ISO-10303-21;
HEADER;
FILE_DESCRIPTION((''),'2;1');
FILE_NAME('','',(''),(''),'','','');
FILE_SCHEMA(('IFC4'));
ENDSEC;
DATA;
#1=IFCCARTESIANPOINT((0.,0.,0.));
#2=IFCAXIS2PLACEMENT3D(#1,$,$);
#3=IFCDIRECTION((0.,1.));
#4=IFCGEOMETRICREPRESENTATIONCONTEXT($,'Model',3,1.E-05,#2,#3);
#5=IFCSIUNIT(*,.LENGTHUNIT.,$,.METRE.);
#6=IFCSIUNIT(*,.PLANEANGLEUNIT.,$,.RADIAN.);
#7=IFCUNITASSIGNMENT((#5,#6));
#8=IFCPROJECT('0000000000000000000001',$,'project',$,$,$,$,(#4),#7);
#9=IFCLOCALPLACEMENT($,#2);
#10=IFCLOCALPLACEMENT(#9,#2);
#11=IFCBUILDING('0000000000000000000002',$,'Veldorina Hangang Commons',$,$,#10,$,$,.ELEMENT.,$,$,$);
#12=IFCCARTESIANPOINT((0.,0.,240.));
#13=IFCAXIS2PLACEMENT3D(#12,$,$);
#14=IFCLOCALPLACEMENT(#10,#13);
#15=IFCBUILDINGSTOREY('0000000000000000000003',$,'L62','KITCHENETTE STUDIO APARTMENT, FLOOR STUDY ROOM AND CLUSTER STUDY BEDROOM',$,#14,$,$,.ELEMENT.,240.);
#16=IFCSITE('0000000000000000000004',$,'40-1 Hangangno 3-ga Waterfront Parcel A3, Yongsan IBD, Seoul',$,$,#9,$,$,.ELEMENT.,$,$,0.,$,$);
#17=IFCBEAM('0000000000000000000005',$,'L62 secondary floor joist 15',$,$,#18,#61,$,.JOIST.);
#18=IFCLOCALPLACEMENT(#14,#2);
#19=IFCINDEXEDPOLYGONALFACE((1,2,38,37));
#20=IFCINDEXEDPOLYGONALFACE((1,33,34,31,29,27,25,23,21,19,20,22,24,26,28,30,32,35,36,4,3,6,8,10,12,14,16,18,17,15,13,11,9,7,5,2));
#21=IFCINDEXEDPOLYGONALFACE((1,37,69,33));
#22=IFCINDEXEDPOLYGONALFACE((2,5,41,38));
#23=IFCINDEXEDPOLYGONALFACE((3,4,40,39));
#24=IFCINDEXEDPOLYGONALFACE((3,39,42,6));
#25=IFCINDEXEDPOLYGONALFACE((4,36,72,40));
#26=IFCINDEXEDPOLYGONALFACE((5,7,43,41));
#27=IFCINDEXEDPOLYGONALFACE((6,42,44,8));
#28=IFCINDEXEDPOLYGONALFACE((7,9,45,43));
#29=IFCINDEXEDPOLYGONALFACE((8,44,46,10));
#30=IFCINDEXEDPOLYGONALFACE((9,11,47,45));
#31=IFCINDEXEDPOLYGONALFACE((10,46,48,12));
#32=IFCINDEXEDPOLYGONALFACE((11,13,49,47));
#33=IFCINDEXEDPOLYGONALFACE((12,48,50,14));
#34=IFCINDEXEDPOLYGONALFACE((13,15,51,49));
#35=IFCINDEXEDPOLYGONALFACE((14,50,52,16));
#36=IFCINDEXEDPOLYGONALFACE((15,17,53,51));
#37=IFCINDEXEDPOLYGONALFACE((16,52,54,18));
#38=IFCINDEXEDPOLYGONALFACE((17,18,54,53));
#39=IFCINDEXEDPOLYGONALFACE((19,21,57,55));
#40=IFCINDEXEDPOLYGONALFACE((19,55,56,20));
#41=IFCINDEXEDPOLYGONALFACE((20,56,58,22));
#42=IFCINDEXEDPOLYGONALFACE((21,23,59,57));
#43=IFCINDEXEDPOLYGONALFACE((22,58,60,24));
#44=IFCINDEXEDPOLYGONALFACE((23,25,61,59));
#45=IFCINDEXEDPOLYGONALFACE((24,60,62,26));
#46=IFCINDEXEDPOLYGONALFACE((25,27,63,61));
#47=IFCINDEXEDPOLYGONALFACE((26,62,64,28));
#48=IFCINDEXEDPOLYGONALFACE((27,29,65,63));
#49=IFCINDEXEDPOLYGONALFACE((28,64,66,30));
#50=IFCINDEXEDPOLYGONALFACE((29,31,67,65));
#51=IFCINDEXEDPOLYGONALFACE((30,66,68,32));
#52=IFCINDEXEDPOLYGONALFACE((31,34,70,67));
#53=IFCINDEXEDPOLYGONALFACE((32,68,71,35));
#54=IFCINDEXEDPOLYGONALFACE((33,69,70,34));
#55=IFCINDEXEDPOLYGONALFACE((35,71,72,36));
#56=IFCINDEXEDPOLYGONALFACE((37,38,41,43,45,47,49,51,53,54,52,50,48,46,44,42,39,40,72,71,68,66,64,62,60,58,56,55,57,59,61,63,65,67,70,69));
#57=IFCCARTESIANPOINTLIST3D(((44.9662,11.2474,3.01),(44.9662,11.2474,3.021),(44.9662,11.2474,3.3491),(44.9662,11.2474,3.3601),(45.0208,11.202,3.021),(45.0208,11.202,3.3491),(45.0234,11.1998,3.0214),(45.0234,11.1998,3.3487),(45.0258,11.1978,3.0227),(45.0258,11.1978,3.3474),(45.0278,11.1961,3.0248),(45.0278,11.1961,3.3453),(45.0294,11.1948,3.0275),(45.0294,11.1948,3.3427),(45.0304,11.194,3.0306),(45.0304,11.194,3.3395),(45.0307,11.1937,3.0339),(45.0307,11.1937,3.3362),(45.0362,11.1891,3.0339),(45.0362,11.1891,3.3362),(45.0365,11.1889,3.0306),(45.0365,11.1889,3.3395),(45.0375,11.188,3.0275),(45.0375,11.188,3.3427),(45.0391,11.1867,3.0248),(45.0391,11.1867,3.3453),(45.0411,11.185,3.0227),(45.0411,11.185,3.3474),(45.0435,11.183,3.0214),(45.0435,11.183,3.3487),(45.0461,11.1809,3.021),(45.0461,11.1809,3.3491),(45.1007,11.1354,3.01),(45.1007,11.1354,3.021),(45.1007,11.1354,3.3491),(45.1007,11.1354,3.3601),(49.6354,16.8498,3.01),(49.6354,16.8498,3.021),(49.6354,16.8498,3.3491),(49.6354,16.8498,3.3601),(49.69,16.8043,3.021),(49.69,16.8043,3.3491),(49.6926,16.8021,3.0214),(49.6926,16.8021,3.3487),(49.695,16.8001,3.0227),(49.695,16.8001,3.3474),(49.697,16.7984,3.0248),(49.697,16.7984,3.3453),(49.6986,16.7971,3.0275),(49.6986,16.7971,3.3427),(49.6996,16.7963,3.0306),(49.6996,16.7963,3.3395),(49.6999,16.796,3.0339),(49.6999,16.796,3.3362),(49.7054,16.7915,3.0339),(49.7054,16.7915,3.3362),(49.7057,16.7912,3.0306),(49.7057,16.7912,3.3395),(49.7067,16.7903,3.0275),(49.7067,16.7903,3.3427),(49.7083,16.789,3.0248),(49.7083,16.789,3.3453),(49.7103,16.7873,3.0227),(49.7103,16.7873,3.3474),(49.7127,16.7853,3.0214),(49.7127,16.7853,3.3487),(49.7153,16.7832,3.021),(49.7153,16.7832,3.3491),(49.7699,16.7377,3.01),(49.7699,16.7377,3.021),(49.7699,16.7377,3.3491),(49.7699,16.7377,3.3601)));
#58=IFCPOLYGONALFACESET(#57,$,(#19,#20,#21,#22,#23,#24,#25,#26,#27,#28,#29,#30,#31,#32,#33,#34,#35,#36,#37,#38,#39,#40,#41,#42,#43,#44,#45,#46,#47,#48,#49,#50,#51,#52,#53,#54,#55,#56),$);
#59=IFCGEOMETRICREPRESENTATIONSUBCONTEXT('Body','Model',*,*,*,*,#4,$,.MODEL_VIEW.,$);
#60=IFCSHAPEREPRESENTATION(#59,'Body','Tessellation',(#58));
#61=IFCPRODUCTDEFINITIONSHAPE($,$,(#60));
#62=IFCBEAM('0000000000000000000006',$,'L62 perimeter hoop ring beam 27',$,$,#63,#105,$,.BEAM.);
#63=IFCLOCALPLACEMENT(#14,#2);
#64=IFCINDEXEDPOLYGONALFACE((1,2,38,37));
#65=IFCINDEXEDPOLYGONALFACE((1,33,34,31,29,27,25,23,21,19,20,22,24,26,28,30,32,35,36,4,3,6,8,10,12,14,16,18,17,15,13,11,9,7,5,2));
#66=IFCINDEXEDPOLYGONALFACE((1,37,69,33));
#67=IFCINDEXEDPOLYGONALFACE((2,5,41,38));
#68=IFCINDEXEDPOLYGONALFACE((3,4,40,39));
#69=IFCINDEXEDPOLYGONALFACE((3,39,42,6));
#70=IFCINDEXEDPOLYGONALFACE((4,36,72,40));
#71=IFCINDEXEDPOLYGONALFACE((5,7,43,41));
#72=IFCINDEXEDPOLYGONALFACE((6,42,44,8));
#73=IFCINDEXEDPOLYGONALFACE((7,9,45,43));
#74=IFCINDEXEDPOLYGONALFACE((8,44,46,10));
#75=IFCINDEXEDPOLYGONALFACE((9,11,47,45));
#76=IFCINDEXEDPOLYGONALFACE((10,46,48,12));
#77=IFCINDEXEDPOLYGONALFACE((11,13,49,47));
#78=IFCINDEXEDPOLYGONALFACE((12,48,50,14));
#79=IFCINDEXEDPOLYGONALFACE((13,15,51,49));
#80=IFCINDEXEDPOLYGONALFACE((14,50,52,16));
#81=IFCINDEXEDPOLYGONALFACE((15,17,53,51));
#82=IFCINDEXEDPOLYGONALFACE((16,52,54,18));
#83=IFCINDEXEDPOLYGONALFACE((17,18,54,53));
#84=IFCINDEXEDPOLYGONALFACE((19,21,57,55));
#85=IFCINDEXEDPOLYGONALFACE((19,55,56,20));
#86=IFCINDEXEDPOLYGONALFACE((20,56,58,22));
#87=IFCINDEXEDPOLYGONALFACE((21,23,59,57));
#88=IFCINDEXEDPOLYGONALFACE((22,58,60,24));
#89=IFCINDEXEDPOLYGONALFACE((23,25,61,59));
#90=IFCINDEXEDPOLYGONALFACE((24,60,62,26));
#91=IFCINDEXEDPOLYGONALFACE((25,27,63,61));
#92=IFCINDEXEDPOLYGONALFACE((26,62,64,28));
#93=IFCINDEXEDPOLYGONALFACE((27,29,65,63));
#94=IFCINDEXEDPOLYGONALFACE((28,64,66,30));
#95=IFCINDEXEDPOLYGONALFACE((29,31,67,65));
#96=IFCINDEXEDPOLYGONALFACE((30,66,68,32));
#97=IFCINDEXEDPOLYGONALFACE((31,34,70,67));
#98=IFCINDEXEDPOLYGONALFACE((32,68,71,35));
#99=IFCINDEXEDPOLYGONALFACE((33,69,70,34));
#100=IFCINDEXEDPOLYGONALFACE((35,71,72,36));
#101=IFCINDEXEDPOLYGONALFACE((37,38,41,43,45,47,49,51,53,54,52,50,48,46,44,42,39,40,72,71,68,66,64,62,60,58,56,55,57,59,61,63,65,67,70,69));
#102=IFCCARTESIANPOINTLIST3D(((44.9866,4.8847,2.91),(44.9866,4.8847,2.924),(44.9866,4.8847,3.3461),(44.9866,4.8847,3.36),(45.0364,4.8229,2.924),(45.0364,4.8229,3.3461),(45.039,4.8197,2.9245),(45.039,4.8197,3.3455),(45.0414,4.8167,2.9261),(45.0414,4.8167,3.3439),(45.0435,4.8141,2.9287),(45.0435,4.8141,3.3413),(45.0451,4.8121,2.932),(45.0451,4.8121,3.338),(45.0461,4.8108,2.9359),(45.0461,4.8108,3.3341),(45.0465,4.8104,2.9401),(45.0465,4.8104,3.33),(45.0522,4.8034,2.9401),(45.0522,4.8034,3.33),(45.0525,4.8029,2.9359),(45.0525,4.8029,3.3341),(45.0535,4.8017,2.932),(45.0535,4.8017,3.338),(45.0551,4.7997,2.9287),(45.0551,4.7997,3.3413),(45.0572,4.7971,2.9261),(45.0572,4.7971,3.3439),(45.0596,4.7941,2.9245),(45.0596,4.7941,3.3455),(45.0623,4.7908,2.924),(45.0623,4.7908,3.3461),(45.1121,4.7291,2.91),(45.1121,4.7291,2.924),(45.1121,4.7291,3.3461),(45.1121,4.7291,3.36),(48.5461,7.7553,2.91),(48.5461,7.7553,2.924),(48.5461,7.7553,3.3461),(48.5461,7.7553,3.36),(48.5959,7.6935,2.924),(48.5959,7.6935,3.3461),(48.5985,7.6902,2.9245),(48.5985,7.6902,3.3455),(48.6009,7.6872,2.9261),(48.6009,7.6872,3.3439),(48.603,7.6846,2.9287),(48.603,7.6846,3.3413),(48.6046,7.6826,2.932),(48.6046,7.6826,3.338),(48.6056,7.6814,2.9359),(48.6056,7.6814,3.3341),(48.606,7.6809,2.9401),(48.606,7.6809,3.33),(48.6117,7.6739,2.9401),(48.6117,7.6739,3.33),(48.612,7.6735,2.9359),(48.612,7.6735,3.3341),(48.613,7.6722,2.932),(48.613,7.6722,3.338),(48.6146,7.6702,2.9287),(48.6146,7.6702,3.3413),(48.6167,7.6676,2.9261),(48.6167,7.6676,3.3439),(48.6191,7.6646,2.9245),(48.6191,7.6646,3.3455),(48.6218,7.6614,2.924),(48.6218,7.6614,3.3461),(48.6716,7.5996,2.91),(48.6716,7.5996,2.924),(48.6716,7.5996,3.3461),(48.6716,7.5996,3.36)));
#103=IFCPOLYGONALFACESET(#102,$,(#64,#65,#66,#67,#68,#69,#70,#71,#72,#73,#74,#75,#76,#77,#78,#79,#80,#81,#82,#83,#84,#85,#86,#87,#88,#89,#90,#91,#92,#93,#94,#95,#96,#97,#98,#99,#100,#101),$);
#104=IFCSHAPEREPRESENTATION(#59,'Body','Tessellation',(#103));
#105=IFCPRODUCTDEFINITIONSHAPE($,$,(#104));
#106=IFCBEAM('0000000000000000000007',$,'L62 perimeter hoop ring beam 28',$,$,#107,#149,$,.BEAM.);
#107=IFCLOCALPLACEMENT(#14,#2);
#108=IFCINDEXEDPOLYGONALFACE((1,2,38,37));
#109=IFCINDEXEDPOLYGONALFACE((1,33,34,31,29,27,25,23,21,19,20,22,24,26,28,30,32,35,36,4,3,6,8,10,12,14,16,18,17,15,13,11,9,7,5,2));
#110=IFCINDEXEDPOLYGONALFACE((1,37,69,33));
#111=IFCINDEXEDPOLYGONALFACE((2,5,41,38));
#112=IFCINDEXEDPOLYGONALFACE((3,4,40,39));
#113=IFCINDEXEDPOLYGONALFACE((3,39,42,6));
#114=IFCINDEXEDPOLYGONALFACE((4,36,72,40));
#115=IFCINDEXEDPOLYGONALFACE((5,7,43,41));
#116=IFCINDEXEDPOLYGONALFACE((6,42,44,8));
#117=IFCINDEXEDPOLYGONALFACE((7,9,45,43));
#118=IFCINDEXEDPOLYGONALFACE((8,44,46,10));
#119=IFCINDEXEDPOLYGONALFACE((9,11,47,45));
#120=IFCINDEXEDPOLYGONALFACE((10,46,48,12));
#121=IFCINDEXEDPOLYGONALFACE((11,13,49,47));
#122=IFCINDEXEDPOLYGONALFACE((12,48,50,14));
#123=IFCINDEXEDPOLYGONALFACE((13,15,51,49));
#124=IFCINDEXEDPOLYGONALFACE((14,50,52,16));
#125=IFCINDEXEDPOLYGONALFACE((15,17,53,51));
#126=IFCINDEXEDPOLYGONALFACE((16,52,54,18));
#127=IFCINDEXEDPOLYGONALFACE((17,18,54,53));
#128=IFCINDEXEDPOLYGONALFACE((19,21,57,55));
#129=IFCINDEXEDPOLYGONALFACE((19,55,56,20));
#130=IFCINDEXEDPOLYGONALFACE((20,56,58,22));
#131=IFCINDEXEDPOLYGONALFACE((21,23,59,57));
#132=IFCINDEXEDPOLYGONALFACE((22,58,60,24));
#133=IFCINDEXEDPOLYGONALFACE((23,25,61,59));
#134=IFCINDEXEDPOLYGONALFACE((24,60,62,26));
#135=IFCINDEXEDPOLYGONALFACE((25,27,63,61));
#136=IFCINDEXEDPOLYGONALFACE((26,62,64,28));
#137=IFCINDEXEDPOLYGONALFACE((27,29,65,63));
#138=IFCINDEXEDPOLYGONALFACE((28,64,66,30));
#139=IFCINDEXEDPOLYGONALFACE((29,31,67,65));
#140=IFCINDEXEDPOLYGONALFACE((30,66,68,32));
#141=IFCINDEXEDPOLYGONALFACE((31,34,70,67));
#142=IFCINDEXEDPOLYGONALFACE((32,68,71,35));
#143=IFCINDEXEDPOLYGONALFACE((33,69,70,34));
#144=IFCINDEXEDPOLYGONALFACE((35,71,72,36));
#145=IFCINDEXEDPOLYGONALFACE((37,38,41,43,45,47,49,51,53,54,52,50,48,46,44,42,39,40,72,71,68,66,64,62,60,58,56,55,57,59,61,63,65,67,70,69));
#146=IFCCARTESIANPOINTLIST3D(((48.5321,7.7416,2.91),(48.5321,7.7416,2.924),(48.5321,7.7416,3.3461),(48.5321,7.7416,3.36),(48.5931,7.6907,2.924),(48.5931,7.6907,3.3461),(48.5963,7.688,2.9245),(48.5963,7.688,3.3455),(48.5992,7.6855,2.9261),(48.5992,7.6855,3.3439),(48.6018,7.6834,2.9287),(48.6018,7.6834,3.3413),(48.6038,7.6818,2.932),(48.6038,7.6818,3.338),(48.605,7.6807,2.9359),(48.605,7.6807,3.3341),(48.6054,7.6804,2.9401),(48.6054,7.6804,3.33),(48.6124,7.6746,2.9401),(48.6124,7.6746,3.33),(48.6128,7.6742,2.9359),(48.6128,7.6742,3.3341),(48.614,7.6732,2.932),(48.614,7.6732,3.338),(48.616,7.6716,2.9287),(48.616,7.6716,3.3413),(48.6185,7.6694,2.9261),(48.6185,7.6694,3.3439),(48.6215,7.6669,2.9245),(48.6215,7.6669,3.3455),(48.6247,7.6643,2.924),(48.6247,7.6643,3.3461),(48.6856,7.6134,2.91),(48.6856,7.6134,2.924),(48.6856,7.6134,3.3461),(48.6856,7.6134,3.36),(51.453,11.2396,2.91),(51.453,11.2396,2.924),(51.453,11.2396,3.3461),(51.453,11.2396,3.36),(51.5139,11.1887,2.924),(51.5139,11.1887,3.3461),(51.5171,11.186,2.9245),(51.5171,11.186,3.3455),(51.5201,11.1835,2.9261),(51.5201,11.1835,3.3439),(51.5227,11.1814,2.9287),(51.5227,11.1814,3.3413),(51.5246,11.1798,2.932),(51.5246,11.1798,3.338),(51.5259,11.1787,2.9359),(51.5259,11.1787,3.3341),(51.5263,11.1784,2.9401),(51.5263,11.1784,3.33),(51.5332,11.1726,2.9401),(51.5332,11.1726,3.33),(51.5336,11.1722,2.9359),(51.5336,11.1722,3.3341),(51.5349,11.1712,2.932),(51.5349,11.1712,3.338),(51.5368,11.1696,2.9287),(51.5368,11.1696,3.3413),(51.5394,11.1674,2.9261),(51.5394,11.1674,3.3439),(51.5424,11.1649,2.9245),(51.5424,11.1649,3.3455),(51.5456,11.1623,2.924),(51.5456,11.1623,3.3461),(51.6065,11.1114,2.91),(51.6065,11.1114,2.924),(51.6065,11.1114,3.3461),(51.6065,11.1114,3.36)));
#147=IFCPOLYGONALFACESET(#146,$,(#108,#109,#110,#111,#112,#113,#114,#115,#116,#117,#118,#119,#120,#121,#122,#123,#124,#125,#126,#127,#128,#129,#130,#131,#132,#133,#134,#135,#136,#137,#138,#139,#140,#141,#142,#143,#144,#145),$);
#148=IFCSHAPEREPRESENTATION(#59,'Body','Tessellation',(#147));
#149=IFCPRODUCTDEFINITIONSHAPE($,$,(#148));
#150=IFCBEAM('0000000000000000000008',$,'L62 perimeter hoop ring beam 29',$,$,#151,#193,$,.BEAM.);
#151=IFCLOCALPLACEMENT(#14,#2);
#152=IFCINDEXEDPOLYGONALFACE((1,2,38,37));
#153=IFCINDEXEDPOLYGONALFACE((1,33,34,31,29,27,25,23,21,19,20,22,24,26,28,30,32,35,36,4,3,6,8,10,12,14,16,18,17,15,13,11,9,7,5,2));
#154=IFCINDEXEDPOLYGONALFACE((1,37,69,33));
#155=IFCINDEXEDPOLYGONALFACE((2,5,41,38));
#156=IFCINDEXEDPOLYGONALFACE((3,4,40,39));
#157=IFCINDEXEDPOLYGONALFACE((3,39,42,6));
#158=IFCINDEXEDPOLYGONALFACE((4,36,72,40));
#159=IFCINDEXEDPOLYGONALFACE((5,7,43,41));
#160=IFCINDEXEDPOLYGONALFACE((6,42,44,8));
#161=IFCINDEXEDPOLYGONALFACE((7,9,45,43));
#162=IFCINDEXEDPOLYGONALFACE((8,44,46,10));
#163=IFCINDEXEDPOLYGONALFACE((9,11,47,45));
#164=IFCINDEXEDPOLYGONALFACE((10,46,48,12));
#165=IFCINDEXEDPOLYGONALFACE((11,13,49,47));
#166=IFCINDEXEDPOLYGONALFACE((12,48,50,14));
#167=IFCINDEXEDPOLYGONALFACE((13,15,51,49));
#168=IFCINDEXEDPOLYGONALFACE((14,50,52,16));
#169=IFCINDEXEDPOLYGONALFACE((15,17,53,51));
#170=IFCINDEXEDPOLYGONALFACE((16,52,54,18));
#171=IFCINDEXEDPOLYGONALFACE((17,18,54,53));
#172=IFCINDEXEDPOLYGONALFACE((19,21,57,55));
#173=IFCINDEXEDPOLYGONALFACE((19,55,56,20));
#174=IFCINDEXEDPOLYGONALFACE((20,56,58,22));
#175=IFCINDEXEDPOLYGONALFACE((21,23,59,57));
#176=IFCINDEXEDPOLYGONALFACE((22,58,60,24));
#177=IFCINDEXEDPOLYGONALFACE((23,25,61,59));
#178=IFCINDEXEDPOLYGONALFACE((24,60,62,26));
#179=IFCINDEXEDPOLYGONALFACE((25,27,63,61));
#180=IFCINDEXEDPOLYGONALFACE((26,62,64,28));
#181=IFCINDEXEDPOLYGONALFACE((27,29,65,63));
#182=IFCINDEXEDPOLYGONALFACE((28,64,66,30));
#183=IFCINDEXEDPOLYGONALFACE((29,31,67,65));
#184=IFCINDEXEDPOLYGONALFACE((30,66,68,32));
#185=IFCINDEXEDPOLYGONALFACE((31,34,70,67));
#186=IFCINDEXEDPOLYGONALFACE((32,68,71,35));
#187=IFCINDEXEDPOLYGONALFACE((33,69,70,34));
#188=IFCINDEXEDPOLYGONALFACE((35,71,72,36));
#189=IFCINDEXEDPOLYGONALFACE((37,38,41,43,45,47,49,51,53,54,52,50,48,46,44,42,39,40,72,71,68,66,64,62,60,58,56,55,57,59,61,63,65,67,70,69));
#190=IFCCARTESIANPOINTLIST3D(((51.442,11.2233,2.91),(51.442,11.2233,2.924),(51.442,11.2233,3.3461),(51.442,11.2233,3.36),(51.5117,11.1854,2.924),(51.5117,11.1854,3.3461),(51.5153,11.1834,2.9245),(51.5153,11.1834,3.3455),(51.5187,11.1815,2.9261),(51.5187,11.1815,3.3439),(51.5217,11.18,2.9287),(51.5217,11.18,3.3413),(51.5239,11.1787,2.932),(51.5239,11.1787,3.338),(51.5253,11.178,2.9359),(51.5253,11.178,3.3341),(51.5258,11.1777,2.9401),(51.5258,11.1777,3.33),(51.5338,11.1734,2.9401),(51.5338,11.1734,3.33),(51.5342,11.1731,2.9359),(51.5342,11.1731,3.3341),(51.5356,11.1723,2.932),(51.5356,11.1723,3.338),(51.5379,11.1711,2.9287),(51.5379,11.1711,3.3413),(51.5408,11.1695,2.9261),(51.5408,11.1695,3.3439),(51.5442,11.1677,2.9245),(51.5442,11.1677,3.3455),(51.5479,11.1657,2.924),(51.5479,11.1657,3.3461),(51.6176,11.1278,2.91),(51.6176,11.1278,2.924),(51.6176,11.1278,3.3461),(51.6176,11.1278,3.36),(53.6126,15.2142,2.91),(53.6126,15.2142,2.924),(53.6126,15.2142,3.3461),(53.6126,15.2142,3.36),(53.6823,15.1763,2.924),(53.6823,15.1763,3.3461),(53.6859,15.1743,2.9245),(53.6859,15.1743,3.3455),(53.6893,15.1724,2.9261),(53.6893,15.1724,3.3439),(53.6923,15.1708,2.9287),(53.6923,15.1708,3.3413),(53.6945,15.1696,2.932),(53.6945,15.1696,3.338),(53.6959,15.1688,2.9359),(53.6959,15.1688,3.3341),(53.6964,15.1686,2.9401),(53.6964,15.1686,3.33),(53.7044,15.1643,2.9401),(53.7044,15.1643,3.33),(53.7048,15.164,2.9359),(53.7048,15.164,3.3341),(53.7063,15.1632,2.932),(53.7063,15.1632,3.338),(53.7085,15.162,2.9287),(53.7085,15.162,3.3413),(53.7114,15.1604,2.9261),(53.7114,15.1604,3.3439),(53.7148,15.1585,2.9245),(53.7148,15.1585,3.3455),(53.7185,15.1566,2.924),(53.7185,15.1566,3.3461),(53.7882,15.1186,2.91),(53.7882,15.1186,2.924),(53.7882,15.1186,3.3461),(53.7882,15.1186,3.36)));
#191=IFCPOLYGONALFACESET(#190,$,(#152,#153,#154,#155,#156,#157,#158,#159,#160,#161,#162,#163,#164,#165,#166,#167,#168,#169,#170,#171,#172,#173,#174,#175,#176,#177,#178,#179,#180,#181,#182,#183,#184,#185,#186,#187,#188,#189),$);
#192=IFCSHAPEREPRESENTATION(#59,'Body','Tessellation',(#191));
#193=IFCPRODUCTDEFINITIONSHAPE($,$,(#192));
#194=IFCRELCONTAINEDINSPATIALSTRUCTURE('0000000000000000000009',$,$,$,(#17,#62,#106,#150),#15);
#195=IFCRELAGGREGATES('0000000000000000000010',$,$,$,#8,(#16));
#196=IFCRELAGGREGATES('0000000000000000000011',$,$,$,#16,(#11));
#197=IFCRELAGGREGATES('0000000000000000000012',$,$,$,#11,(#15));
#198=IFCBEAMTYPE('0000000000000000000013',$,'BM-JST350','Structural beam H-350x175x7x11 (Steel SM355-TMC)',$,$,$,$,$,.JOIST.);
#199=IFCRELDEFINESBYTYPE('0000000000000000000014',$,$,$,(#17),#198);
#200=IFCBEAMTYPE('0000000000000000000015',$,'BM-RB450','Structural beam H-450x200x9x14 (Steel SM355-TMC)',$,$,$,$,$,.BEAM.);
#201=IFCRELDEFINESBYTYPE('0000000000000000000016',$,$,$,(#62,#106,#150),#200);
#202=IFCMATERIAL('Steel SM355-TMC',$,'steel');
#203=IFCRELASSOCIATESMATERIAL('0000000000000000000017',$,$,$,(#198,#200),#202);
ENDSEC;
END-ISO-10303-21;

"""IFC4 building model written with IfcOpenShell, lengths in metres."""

from ifc_helpers import new_model, si_unit, direction, frame, origin, origin_2d, place, context, subcontext, project, spatial, i_section, extrude, material, material_profile, profile_set, type_object, element, save


model = new_model("IFC4")

# Units and contexts
model_context = context("Model", 3, precision=1e-05, world=origin(), true_north=direction((0.0, 1.0)))
body_context = subcontext(model_context, "Body", "Model", "MODEL_VIEW")
ifc_project = project(units=[si_unit("LENGTHUNIT", "METRE"), si_unit("PLANEANGLEUNIT", "RADIAN")], contexts=[model_context])

# Site, building, storey
site_placement = place(None, origin())
site = spatial("IfcSite", under=ifc_project, at=site_placement, Name="40-1 Hangangno 3-ga Waterfront Parcel A3, Yongsan IBD, Seoul", CompositionType="ELEMENT", RefElevation=0.0)
building_placement = place(site_placement, origin())
building = spatial("IfcBuilding", under=site, at=building_placement, Name="Veldorina Hangang Commons", CompositionType="ELEMENT")
storey_placement = place(building_placement, frame((0.0, 0.0, 240.0)))
storey = spatial("IfcBuildingStorey", under=building, at=storey_placement, Name="L62", Description="KITCHENETTE STUDIO APARTMENT, FLOOR STUDY ROOM AND CLUSTER STUDY BEDROOM", CompositionType="ELEMENT", Elevation=240.0)

# Beams
ifc_material_1 = material(Name="Steel SM355-TMC", Category="steel")
ifc_material_profile_1 = material_profile(ifc_material_1, i_section(OverallWidth=0.175, OverallDepth=0.3501, WebThickness=0.0071, FlangeThickness=0.011, FilletRadius=0.0129, at=origin_2d()), Name="H-350x175x7x11")
ifc_profile_set_1 = profile_set([ifc_material_profile_1], Name="Steel SM355-TMC")
beam_type_1 = type_object("IfcBeamType", Name="BM-JST350", Description="Structural beam H-350x175x7x11 (Steel SM355-TMC)", PredefinedType="JOIST", material=ifc_profile_set_1)
beam_1_placement = place(storey_placement, frame((45.0334, 11.1914, 3.1851), z_axis=(0.640234, 0.76818, 0.0), x_axis=(-0.76818, 0.640234, 0.0)))
element("IfcBeam", 1, at=beam_1_placement, inside=storey, type_object=beam_type_1, Name="L62 secondary floor joist 15", PredefinedType="JOIST", context=body_context, shape_type="SweptSolid", body=[
    extrude(i_section(OverallWidth=0.175, OverallDepth=0.3501, WebThickness=0.0071, FlangeThickness=0.011, FilletRadius=0.0129, at=origin_2d()), origin(), (0.0, 0.0, 1.0), 7.293),
])
ifc_material_profile_2 = material_profile(ifc_material_1, i_section(OverallWidth=0.2, OverallDepth=0.45, WebThickness=0.009, FlangeThickness=0.0139, FilletRadius=0.0161, at=origin_2d()), Name="H-450x200x9x14")
ifc_profile_set_2 = profile_set([ifc_material_profile_2], Name="Steel SM355-TMC")
beam_type_2 = type_object("IfcBeamType", Name="BM-RB450", Description="Structural beam H-450x200x9x14 (Steel SM355-TMC)", PredefinedType="BEAM", material=ifc_profile_set_2)
beam_2_placement = place(storey_placement, frame((45.0493, 4.8069, 3.135), z_axis=(0.778415, 0.62775, 0.0), x_axis=(-0.62775, 0.778415, 0.0)))
element("IfcBeam", 2, at=beam_2_placement, inside=storey, type_object=beam_type_2, Name="L62 perimeter hoop ring beam 27", PredefinedType="BEAM", context=body_context, shape_type="SweptSolid", body=[
    extrude(i_section(OverallWidth=0.2, OverallDepth=0.45, WebThickness=0.009, FlangeThickness=0.0139, FilletRadius=0.0161, at=origin_2d()), origin(), (0.0, 0.0, 1.0), 4.5728),
])
beam_3_placement = place(storey_placement, frame((48.6089, 7.6775, 3.135), z_axis=(0.640943, 0.767589, 0.0), x_axis=(-0.767589, 0.640943, 0.0)))
element("IfcBeam", 3, at=beam_3_placement, inside=storey, type_object=beam_type_2, Name="L62 perimeter hoop ring beam 28", PredefinedType="BEAM", context=body_context, shape_type="SweptSolid", body=[
    extrude(i_section(OverallWidth=0.2, OverallDepth=0.45, WebThickness=0.009, FlangeThickness=0.0139, FilletRadius=0.0161, at=origin_2d()), origin(), (0.0, 0.0, 1.0), 4.5571),
])
beam_4_placement = place(storey_placement, frame((51.5298, 11.1755, 3.135), z_axis=(0.477794, 0.878472, 0.0), x_axis=(-0.878472, 0.477794, 0.0)))
element("IfcBeam", 4, at=beam_4_placement, inside=storey, type_object=beam_type_2, Name="L62 perimeter hoop ring beam 29", PredefinedType="BEAM", context=body_context, shape_type="SweptSolid", body=[
    extrude(i_section(OverallWidth=0.2, OverallDepth=0.45, WebThickness=0.009, FlangeThickness=0.0139, FilletRadius=0.0161, at=origin_2d()), origin(), (0.0, 0.0, 1.0), 4.543),
])

save(model, "model.ifc")
